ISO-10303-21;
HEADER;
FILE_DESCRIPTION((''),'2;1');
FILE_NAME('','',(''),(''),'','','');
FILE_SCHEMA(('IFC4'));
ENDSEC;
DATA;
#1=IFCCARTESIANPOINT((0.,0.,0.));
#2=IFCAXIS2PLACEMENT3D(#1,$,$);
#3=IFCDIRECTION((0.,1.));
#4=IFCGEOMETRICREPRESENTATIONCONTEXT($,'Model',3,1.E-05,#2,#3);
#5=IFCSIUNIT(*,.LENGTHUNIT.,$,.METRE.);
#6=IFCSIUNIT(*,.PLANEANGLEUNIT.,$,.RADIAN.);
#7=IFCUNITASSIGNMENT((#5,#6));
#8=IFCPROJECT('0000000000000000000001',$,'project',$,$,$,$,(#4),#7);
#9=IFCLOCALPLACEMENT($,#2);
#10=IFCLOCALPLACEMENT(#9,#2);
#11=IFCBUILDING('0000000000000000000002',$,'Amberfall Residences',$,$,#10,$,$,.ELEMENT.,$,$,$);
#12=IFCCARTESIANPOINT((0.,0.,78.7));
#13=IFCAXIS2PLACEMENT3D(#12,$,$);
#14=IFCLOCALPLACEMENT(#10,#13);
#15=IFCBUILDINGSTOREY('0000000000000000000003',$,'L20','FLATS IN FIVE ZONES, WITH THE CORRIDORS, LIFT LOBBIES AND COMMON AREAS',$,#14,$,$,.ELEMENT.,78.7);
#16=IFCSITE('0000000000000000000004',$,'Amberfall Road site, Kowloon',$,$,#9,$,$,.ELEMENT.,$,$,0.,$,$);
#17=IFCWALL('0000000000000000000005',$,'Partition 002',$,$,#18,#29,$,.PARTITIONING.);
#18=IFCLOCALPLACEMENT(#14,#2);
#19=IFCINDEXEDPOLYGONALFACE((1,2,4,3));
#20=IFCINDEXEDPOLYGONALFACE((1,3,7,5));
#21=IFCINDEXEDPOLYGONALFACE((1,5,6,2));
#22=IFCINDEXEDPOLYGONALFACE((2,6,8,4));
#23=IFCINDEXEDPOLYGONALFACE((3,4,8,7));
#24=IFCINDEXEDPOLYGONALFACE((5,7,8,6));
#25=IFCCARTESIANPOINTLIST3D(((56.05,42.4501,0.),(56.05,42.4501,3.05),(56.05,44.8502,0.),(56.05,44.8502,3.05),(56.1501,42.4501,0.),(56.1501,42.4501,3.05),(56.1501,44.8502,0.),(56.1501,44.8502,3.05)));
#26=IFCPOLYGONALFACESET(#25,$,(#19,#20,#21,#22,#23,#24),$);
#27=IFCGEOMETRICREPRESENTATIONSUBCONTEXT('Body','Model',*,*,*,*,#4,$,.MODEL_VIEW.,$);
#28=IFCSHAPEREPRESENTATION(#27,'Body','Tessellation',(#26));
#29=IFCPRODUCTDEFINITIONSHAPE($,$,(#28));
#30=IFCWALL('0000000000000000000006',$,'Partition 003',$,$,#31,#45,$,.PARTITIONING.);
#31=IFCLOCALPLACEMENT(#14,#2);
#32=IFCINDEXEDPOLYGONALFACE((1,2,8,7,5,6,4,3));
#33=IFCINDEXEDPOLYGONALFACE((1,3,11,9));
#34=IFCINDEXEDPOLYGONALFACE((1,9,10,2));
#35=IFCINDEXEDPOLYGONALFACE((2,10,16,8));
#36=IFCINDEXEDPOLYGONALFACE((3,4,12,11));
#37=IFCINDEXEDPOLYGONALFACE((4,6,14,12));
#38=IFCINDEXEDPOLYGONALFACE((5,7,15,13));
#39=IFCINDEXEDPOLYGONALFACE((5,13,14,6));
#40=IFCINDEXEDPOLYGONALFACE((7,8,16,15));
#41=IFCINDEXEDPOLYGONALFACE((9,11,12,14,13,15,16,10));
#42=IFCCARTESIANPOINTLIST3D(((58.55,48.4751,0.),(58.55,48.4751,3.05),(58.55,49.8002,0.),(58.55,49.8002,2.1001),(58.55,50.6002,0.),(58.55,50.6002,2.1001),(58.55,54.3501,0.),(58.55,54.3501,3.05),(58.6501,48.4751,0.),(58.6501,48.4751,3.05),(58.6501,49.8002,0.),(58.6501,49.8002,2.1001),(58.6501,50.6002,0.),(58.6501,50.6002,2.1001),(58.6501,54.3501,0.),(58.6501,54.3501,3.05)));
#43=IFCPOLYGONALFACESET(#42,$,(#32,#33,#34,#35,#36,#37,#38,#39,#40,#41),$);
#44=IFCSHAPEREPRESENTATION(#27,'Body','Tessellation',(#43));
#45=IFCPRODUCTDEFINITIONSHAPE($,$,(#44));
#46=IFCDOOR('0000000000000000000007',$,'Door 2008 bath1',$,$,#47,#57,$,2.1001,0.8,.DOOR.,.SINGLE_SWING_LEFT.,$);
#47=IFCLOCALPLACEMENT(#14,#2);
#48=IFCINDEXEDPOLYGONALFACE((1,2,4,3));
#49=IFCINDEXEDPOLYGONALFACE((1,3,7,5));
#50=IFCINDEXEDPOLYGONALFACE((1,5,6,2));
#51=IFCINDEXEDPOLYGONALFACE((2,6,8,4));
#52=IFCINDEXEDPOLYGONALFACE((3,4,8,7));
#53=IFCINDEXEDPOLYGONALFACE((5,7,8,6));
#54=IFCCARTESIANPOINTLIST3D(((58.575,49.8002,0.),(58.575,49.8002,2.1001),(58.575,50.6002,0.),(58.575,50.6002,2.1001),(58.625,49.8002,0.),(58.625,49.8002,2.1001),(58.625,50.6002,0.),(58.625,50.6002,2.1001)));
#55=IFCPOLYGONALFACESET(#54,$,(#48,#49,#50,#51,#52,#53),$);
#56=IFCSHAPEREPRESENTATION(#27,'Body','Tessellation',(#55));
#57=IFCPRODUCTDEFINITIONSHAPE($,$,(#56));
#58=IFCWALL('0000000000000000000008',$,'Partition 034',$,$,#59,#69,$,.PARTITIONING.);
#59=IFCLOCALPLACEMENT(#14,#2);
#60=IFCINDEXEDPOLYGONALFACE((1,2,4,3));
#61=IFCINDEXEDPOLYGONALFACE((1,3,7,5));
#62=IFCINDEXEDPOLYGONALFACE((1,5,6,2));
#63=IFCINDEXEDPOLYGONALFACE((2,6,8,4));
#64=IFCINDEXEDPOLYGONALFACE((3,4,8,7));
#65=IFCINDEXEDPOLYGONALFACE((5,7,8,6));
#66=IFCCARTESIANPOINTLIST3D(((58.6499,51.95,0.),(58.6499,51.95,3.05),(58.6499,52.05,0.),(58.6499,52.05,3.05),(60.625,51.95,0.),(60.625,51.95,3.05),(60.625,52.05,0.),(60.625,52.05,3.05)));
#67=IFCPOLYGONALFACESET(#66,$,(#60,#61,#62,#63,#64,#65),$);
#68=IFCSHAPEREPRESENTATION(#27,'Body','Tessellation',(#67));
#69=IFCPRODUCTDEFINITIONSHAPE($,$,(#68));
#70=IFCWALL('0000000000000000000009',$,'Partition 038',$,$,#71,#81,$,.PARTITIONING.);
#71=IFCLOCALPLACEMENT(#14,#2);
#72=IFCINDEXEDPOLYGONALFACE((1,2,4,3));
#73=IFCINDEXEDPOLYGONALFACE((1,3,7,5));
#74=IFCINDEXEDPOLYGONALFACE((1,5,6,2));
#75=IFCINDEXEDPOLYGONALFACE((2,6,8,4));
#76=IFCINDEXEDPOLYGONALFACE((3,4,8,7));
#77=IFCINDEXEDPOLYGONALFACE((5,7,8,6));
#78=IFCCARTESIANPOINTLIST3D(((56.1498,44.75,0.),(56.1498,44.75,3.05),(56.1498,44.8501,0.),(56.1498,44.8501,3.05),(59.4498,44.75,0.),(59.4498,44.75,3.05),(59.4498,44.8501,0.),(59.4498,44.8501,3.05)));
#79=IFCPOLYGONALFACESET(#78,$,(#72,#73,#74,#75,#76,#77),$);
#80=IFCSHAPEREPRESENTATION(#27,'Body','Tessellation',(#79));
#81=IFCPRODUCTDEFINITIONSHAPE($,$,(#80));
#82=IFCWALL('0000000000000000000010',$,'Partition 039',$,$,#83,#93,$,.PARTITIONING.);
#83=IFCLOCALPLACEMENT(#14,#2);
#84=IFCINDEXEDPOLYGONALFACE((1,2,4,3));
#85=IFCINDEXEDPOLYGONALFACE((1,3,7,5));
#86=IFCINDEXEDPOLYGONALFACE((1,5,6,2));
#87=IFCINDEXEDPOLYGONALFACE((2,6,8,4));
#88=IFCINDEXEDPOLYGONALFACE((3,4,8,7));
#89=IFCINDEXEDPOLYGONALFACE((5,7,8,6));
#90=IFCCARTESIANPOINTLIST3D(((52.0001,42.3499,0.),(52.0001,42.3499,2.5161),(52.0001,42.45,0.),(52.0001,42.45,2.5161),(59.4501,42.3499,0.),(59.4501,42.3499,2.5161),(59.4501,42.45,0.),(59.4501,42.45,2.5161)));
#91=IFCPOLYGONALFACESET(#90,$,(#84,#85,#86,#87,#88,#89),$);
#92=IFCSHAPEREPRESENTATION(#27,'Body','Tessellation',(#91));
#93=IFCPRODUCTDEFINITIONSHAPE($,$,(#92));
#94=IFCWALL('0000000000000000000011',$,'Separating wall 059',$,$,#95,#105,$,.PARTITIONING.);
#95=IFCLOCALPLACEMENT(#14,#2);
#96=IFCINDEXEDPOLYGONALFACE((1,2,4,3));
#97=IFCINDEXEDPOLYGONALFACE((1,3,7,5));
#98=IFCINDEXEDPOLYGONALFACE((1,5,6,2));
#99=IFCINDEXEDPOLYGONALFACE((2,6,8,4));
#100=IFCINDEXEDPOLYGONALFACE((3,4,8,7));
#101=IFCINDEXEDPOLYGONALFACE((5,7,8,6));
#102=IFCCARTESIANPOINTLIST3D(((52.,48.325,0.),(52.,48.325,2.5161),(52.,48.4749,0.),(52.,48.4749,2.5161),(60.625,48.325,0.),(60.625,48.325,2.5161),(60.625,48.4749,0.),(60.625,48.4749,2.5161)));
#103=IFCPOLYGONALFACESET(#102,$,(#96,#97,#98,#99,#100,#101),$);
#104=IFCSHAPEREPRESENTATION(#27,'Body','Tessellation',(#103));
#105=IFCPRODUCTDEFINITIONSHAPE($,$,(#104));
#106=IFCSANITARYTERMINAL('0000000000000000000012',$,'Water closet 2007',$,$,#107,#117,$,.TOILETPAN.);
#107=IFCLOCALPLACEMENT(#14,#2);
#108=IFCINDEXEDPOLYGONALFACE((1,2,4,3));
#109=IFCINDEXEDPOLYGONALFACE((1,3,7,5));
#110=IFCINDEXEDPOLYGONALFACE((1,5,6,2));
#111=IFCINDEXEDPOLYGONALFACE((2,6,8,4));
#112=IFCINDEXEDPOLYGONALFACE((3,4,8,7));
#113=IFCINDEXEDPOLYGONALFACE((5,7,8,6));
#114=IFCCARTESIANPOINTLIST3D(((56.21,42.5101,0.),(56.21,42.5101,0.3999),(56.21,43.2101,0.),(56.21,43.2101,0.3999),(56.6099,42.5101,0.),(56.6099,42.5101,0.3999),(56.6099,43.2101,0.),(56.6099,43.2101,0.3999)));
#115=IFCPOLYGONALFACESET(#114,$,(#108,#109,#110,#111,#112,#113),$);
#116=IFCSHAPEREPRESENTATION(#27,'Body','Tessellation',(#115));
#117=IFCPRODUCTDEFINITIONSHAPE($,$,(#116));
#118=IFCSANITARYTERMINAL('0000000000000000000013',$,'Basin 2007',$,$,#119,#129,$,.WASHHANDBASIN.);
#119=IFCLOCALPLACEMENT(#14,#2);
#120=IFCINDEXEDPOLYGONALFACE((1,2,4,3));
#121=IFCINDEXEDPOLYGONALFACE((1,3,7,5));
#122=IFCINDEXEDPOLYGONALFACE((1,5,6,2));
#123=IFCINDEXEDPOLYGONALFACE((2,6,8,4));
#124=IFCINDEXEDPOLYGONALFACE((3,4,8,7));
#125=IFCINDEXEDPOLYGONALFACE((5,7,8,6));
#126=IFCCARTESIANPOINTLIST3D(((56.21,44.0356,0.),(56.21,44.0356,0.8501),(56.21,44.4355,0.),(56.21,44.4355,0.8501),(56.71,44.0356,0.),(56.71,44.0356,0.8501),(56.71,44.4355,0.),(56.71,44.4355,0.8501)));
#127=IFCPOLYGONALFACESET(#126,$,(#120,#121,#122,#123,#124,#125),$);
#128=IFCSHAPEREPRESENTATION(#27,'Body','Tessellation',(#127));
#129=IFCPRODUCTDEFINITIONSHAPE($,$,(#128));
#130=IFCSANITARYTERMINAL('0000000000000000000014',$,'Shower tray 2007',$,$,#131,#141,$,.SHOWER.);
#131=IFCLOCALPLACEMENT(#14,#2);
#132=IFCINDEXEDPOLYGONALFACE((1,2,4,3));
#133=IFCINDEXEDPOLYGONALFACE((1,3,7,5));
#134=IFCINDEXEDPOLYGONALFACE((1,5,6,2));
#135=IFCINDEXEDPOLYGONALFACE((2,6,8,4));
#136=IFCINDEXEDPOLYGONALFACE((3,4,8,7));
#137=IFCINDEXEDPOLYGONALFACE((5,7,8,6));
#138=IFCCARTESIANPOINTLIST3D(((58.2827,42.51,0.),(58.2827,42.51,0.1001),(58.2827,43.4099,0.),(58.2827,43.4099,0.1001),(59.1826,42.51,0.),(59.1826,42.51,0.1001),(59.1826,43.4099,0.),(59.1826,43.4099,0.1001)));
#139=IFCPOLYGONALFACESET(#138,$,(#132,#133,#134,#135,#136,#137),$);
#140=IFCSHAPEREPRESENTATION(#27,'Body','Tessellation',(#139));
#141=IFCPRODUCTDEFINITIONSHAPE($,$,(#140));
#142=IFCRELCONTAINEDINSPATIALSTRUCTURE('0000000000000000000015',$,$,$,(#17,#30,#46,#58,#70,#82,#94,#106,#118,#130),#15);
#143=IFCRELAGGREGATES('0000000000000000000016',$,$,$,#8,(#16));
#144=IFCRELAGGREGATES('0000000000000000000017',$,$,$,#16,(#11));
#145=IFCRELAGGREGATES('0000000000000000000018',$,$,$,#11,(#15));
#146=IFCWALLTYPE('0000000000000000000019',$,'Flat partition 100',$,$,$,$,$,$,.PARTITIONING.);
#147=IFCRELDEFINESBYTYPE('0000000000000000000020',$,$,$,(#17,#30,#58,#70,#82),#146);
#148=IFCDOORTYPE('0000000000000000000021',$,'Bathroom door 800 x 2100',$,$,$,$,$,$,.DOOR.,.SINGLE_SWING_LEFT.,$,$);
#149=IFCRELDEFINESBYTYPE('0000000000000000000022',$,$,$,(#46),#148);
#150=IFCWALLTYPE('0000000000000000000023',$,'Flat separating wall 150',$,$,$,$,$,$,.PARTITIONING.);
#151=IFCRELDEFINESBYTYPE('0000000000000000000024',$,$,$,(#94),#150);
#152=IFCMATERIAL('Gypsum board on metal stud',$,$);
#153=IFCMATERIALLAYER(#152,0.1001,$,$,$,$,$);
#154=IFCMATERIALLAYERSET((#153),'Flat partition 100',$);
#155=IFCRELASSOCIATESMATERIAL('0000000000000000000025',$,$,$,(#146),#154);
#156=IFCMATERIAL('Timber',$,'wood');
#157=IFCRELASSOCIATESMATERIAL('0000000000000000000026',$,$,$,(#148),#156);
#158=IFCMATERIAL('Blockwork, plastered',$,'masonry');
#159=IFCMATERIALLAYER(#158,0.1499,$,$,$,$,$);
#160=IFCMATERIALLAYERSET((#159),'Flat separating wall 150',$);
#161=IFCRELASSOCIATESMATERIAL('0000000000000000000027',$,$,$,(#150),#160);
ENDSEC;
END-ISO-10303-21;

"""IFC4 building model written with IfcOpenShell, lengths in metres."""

from ifc_helpers import new_model, si_unit, direction, frame, frame_2d, origin, origin_2d, place, context, subcontext, project, spatial, rectangle, extrude, material, layer, layer_set, type_object, element, fill, save


model = new_model("IFC4")

# Units and contexts
model_context = context("Model", 3, precision=1e-05, world=origin(), true_north=direction((0.0, 1.0)))
body_context = subcontext(model_context, "Body", "Model", "MODEL_VIEW")
ifc_project = project(units=[si_unit("LENGTHUNIT", "METRE"), si_unit("PLANEANGLEUNIT", "RADIAN")], contexts=[model_context])

# Site, building, storey
site_placement = place(None, origin())
site = spatial("IfcSite", under=ifc_project, at=site_placement, Name="Amberfall Road site, Kowloon", CompositionType="ELEMENT", RefElevation=0.0)
building_placement = place(site_placement, origin())
building = spatial("IfcBuilding", under=site, at=building_placement, Name="Amberfall Residences", CompositionType="ELEMENT")
storey_placement = place(building_placement, frame((0.0, 0.0, 78.7)))
storey = spatial("IfcBuildingStorey", under=building, at=storey_placement, Name="L20", Description="FLATS IN FIVE ZONES, WITH THE CORRIDORS, LIFT LOBBIES AND COMMON AREAS", CompositionType="ELEMENT", Elevation=78.7)

# Wall
ifc_material_1 = material(Name="Gypsum board on metal stud")
ifc_layer_1 = layer(ifc_material_1, 0.1001)
ifc_layer_set_1 = layer_set([ifc_layer_1], Name="Flat partition 100")
wall_type_1 = type_object("IfcWallType", Name="Flat partition 100", PredefinedType="PARTITIONING", material=ifc_layer_set_1)
wall_1_placement = place(storey_placement, frame((56.1001, 42.45, 0.0), z_axis=(0.0, 0.0, 1.0), x_axis=(0.0, 1.0, 0.0)))
element("IfcWall", 1, at=wall_1_placement, inside=storey, type_object=wall_type_1, Name="Partition 002", PredefinedType="PARTITIONING", context=body_context, shape_type="SweptSolid", body=[
    extrude(rectangle(XDim=2.4001, YDim=0.1001, at=frame_2d((1.2002, 0.0))), origin(), (0.0, 0.0, 1.0), 3.05),
])

# Wall, opening, door
wall_2_placement = place(storey_placement, frame((58.6001, 54.3501, 0.0), z_axis=(0.0, 0.0, 1.0), x_axis=(0.0, -1.0, 0.0)))
wall_2 = element("IfcWall", 2, at=wall_2_placement, inside=storey, type_object=wall_type_1, Name="Partition 003", PredefinedType="PARTITIONING", context=body_context, shape_type="SweptSolid", body=[
    extrude(rectangle(XDim=5.875, YDim=0.1001, at=frame_2d((2.9375, 0.0))), origin(), (0.0, 0.0, 1.0), 3.05),
])
opening_placement = place(wall_2_placement, frame((3.75, 0.0, 0.0)))
opening = element("IfcOpeningElement", 3, at=opening_placement, cuts=wall_2, PredefinedType="OPENING", context=body_context, shape_type="SweptSolid", body=[
    extrude(rectangle(XDim=0.8, YDim=2.1001, at=frame_2d((0.3999, 1.05))), frame((0.0, 0.0601, 0.0), z_axis=(0.0, -1.0, 0.0), x_axis=(1.0, 0.0, 0.0)), (0.0, 0.0, 1.0), 0.1201),
])
ifc_material_2 = material(Name="Timber", Category="wood")
door_type = type_object("IfcDoorType", Name="Bathroom door 800 x 2100", OperationType="SINGLE_SWING_LEFT", PredefinedType="DOOR", material=ifc_material_2)
door_placement = place(opening_placement, origin())
door = element("IfcDoor", 4, at=door_placement, inside=storey, type_object=door_type, Name="Door 2008 bath1", OperationType="SINGLE_SWING_LEFT", OverallHeight=2.1001, OverallWidth=0.8, PredefinedType="DOOR", context=body_context, shape_type="SweptSolid", body=[
    extrude(rectangle(XDim=0.8, YDim=2.1001, at=frame_2d((0.3999, 1.05))), frame((0.0, 0.0249, 0.0), z_axis=(0.0, -1.0, 0.0), x_axis=(1.0, 0.0, 0.0)), (0.0, 0.0, 1.0), 0.05),
])
fill(opening, door)

# Walls
wall_3_placement = place(storey_placement, frame((58.6499, 52.0, 0.0), z_axis=(0.0, 0.0, 1.0), x_axis=(1.0, 0.0, 0.0)))
element("IfcWall", 5, at=wall_3_placement, inside=storey, type_object=wall_type_1, Name="Partition 034", PredefinedType="PARTITIONING", context=body_context, shape_type="SweptSolid", body=[
    extrude(rectangle(XDim=1.9751, YDim=0.1001, at=frame_2d((0.9875, 0.0))), origin(), (0.0, 0.0, 1.0), 3.05),
])
wall_4_placement = place(storey_placement, frame((56.1499, 44.8, 0.0), z_axis=(0.0, 0.0, 1.0), x_axis=(1.0, 0.0, 0.0)))
element("IfcWall", 6, at=wall_4_placement, inside=storey, type_object=wall_type_1, Name="Partition 038", PredefinedType="PARTITIONING", context=body_context, shape_type="SweptSolid", body=[
    extrude(rectangle(XDim=3.3, YDim=0.1001, at=frame_2d((1.6499, 0.0))), origin(), (0.0, 0.0, 1.0), 3.05),
])
wall_5_placement = place(storey_placement, frame((52.0, 42.3999, 0.0), z_axis=(0.0, 0.0, 1.0), x_axis=(1.0, 0.0, 0.0)))
element("IfcWall", 7, at=wall_5_placement, inside=storey, type_object=wall_type_1, Name="Partition 039", PredefinedType="PARTITIONING", context=body_context, shape_type="SweptSolid", body=[
    extrude(rectangle(XDim=7.45, YDim=0.1001, at=frame_2d((3.7251, 0.0))), origin(), (0.0, 0.0, 1.0), 2.5161),
])
ifc_material_3 = material(Name="Blockwork, plastered", Category="masonry")
ifc_layer_2 = layer(ifc_material_3, 0.1499)
ifc_layer_set_2 = layer_set([ifc_layer_2], Name="Flat separating wall 150")
wall_type_2 = type_object("IfcWallType", Name="Flat separating wall 150", PredefinedType="PARTITIONING", material=ifc_layer_set_2)
wall_6_placement = place(storey_placement, frame((52.0, 48.3999, 0.0), z_axis=(0.0, 0.0, 1.0), x_axis=(1.0, 0.0, 0.0)))
element("IfcWall", 8, at=wall_6_placement, inside=storey, type_object=wall_type_2, Name="Separating wall 059", PredefinedType="PARTITIONING", context=body_context, shape_type="SweptSolid", body=[
    extrude(rectangle(XDim=8.625, YDim=0.1499, at=frame_2d((4.3125, 0.0))), origin(), (0.0, 0.0, 1.0), 2.5161),
])

# Sanitary terminals
sanitary_terminal_1_placement = place(storey_placement, frame((56.4099, 42.8601, 0.0), z_axis=(0.0, 0.0, 1.0), x_axis=(1.0, 0.0, 0.0)))
element("IfcSanitaryTerminal", 9, at=sanitary_terminal_1_placement, inside=storey, Name="Water closet 2007", PredefinedType="TOILETPAN", context=body_context, shape_type="SweptSolid", body=[
    extrude(rectangle(XDim=0.3999, YDim=0.7, at=origin_2d()), origin(), (0.0, 0.0, 1.0), 0.3999),
])
sanitary_terminal_2_placement = place(storey_placement, frame((56.46, 44.2356, 0.0), z_axis=(0.0, 0.0, 1.0), x_axis=(1.0, 0.0, 0.0)))
element("IfcSanitaryTerminal", 10, at=sanitary_terminal_2_placement, inside=storey, Name="Basin 2007", PredefinedType="WASHHANDBASIN", context=body_context, shape_type="SweptSolid", body=[
    extrude(rectangle(XDim=0.5, YDim=0.3999, at=origin_2d()), origin(), (0.0, 0.0, 1.0), 0.8501),
])
sanitary_terminal_3_placement = place(storey_placement, frame((58.7327, 42.96, 0.0), z_axis=(0.0, 0.0, 1.0), x_axis=(1.0, 0.0, 0.0)))
element("IfcSanitaryTerminal", 11, at=sanitary_terminal_3_placement, inside=storey, Name="Shower tray 2007", PredefinedType="SHOWER", context=body_context, shape_type="SweptSolid", body=[
    extrude(rectangle(XDim=0.8999, YDim=0.8999, at=origin_2d()), origin(), (0.0, 0.0, 1.0), 0.1001),
])

save(model, "model.ifc")
